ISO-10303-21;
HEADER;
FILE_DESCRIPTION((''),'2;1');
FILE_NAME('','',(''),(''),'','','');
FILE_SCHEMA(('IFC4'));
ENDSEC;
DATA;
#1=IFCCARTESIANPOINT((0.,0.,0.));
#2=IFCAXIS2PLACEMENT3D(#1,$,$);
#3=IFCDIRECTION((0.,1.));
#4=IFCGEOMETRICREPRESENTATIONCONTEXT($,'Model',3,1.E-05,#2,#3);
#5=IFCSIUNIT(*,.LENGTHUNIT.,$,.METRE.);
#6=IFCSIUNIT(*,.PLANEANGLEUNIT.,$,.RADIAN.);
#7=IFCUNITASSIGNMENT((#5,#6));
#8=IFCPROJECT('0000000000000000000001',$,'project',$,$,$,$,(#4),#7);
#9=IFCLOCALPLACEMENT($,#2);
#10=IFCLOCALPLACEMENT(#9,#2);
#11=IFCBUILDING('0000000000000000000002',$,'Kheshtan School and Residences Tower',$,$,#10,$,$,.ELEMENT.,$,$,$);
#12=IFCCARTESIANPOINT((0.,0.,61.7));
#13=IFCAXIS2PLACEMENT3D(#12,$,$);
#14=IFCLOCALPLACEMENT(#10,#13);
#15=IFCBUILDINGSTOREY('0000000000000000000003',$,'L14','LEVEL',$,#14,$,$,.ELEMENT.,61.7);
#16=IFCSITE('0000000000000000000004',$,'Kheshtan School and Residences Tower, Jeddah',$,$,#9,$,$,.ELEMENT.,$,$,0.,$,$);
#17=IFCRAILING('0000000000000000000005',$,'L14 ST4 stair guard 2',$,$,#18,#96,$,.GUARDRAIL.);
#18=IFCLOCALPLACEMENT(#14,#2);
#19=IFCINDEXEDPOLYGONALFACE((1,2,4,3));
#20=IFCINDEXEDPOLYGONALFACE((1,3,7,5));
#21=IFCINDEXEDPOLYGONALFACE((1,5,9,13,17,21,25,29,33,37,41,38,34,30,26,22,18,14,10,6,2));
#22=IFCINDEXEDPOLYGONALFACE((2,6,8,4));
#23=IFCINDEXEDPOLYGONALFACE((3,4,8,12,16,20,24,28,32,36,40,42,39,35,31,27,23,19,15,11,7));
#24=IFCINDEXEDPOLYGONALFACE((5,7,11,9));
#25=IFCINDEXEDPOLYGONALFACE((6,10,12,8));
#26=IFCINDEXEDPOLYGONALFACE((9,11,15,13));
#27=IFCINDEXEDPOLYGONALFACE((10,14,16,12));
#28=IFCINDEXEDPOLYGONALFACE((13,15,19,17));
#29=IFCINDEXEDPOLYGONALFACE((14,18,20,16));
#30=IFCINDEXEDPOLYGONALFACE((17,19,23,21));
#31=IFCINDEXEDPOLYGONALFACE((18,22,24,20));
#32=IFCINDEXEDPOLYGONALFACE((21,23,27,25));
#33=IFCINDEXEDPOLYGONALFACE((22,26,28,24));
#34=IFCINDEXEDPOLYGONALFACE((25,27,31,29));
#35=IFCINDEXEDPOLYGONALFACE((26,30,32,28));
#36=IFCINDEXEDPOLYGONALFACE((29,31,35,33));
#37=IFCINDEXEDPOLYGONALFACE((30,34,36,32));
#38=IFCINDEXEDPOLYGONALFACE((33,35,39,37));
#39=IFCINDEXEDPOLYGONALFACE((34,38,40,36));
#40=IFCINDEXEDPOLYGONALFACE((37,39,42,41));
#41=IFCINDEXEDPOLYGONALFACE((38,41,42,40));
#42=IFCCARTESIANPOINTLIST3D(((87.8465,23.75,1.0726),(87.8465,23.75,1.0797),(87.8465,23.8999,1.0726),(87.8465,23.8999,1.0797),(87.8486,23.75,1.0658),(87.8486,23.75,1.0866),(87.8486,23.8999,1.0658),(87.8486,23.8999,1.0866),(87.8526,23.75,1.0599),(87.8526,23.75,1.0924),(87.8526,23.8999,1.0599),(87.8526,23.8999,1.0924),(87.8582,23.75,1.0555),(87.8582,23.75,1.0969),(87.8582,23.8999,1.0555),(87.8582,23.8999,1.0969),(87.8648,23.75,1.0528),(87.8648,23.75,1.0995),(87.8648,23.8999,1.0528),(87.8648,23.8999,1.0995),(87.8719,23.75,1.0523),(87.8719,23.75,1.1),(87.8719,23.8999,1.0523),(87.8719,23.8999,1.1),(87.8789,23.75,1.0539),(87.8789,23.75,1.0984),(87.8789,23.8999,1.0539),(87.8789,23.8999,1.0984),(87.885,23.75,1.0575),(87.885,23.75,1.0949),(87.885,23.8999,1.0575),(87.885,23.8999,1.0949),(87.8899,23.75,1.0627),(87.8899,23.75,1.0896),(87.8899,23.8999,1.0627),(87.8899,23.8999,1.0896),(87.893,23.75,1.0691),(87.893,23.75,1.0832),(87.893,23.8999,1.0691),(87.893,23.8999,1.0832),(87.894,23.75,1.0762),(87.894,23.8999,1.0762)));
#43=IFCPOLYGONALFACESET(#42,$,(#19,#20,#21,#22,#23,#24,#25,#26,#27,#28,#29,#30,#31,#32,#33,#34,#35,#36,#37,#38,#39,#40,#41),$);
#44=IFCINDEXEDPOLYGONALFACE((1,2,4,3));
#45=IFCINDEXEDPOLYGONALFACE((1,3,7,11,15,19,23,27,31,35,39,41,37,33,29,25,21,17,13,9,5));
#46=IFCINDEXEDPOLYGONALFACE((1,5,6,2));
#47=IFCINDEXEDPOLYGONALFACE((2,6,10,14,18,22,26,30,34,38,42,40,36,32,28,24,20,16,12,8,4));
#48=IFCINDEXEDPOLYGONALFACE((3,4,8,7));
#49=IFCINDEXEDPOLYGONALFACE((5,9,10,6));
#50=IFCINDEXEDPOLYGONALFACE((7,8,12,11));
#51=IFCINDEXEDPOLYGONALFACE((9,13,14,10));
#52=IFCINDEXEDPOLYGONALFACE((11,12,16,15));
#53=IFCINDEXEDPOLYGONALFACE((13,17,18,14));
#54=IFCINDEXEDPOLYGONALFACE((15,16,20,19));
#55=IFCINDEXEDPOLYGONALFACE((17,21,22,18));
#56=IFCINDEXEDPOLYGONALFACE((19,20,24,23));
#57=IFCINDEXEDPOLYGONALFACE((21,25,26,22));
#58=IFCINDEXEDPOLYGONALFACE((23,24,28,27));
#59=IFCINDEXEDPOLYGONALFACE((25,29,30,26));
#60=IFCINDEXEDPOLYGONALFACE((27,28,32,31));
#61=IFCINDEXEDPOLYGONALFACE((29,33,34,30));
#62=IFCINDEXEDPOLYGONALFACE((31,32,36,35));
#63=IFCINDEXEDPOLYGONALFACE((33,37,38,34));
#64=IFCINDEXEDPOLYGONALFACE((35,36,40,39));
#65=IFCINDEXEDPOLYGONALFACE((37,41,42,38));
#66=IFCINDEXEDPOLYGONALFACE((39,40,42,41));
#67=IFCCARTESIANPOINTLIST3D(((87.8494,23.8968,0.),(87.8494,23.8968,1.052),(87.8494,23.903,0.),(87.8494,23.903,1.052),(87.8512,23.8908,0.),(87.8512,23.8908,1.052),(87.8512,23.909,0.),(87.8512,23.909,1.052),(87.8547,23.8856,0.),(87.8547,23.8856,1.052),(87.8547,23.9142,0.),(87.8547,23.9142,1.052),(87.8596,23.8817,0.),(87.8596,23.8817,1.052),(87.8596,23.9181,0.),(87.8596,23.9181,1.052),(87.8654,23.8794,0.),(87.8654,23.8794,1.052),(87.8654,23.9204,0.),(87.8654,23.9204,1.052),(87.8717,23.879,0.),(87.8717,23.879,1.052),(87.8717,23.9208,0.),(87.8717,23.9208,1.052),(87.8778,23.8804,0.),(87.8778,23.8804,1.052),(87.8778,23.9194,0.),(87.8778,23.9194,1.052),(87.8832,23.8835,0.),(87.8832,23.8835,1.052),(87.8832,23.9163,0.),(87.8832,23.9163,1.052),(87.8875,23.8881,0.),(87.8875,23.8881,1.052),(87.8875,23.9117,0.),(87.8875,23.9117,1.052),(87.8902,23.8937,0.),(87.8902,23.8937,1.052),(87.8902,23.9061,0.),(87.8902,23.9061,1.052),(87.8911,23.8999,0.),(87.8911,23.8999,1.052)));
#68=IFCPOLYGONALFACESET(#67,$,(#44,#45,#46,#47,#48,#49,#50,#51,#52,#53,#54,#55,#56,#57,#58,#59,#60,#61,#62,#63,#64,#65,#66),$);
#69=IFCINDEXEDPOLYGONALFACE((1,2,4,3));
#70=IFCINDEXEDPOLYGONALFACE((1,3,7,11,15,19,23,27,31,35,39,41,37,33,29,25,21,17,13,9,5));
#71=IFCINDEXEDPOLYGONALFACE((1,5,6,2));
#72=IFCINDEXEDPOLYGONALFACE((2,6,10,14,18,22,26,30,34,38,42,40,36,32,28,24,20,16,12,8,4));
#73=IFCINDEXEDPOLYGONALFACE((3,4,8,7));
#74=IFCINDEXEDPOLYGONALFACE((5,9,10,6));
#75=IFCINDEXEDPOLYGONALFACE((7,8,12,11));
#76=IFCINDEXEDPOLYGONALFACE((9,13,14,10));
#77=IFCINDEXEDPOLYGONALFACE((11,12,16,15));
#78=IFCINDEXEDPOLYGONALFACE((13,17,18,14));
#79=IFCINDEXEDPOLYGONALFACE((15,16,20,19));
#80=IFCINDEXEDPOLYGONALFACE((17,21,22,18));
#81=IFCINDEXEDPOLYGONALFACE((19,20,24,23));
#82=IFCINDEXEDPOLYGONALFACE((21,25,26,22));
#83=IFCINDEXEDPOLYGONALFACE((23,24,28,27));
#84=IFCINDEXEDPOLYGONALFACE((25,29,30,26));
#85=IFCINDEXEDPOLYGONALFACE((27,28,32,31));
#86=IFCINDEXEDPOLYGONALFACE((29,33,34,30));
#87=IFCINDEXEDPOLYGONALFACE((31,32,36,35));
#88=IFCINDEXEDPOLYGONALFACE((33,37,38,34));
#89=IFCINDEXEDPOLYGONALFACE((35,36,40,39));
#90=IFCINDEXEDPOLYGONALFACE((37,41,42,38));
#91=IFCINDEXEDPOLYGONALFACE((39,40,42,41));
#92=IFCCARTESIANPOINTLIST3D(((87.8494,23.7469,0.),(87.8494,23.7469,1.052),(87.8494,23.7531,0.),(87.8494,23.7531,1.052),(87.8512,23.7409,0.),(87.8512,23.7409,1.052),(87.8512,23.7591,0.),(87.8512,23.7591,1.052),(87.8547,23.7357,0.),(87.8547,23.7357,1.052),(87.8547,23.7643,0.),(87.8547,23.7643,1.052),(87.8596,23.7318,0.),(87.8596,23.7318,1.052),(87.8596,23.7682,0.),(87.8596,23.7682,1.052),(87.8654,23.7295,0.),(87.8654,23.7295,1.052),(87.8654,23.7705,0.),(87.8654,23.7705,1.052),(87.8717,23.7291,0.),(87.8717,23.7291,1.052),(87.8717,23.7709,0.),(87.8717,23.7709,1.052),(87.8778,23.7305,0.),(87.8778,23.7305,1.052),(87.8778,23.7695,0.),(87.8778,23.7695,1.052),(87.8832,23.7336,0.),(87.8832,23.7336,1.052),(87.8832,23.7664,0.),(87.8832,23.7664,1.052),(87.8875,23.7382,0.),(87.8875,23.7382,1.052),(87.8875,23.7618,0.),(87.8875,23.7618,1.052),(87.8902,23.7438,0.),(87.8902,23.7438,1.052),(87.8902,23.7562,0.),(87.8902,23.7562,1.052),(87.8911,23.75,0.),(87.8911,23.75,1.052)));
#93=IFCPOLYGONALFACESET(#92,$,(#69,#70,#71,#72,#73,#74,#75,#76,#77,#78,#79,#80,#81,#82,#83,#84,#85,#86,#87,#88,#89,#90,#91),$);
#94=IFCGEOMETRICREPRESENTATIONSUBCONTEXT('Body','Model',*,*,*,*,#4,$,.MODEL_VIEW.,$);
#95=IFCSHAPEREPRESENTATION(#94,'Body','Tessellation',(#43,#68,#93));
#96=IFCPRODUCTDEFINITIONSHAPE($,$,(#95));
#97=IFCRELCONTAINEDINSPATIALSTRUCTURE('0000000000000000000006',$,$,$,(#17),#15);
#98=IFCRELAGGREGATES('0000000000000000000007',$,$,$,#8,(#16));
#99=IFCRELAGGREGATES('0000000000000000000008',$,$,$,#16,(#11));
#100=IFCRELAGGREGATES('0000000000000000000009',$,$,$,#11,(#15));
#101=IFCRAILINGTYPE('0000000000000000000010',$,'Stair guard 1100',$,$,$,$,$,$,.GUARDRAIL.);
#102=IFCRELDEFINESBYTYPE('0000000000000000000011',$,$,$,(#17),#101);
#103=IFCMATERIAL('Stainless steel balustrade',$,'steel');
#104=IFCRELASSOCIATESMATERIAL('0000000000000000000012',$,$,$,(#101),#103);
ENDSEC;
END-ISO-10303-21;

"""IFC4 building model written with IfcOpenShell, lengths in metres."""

from ifc_helpers import new_model, si_unit, direction, frame, origin, origin_2d, place, context, subcontext, project, spatial, circle, extrude, material, type_object, element, save


model = new_model("IFC4")

# Units and contexts
model_context = context("Model", 3, precision=1e-05, world=origin(), true_north=direction((0.0, 1.0)))
body_context = subcontext(model_context, "Body", "Model", "MODEL_VIEW")
ifc_project = project(units=[si_unit("LENGTHUNIT", "METRE"), si_unit("PLANEANGLEUNIT", "RADIAN")], contexts=[model_context])

# Site, building, storey
site_placement = place(None, origin())
site = spatial("IfcSite", under=ifc_project, at=site_placement, Name="Kheshtan School and Residences Tower, Jeddah", CompositionType="ELEMENT", RefElevation=0.0)
building_placement = place(site_placement, origin())
building = spatial("IfcBuilding", under=site, at=building_placement, Name="Kheshtan School and Residences Tower", CompositionType="ELEMENT")
storey_placement = place(building_placement, frame((0.0, 0.0, 61.7)))
storey = spatial("IfcBuildingStorey", under=building, at=storey_placement, Name="L14", Description="LEVEL", CompositionType="ELEMENT", Elevation=61.7)

# Railing
ifc_material_1 = material(Name="Stainless steel balustrade", Category="steel")
railing_type_1 = type_object("IfcRailingType", Name="Stair guard 1100", PredefinedType="GUARDRAIL", material=ifc_material_1)
railing_1_placement = place(storey_placement, frame((87.8701, 23.8999, 0.0)))
element("IfcRailing", 1, at=railing_1_placement, inside=storey, type_object=railing_type_1, Name="L14 ST4 stair guard 2", PredefinedType="GUARDRAIL", context=body_context, shape_type="SweptSolid", body=[
    extrude(circle(Radius=0.0239, at=origin_2d()), frame((0.0, 0.0, 1.0762), z_axis=(0.0, -1.0, 0.0), x_axis=(1.0, 0.0, 0.0)), (0.0, 0.0, 1.0), 0.1499),
    extrude(circle(Radius=0.021, at=origin_2d()), origin(), (0.0, 0.0, 1.0), 1.052),
    extrude(circle(Radius=0.021, at=origin_2d()), frame((0.0, -0.1499, 0.0)), (0.0, 0.0, 1.0), 1.052),
])

save(model, "model.ifc")
